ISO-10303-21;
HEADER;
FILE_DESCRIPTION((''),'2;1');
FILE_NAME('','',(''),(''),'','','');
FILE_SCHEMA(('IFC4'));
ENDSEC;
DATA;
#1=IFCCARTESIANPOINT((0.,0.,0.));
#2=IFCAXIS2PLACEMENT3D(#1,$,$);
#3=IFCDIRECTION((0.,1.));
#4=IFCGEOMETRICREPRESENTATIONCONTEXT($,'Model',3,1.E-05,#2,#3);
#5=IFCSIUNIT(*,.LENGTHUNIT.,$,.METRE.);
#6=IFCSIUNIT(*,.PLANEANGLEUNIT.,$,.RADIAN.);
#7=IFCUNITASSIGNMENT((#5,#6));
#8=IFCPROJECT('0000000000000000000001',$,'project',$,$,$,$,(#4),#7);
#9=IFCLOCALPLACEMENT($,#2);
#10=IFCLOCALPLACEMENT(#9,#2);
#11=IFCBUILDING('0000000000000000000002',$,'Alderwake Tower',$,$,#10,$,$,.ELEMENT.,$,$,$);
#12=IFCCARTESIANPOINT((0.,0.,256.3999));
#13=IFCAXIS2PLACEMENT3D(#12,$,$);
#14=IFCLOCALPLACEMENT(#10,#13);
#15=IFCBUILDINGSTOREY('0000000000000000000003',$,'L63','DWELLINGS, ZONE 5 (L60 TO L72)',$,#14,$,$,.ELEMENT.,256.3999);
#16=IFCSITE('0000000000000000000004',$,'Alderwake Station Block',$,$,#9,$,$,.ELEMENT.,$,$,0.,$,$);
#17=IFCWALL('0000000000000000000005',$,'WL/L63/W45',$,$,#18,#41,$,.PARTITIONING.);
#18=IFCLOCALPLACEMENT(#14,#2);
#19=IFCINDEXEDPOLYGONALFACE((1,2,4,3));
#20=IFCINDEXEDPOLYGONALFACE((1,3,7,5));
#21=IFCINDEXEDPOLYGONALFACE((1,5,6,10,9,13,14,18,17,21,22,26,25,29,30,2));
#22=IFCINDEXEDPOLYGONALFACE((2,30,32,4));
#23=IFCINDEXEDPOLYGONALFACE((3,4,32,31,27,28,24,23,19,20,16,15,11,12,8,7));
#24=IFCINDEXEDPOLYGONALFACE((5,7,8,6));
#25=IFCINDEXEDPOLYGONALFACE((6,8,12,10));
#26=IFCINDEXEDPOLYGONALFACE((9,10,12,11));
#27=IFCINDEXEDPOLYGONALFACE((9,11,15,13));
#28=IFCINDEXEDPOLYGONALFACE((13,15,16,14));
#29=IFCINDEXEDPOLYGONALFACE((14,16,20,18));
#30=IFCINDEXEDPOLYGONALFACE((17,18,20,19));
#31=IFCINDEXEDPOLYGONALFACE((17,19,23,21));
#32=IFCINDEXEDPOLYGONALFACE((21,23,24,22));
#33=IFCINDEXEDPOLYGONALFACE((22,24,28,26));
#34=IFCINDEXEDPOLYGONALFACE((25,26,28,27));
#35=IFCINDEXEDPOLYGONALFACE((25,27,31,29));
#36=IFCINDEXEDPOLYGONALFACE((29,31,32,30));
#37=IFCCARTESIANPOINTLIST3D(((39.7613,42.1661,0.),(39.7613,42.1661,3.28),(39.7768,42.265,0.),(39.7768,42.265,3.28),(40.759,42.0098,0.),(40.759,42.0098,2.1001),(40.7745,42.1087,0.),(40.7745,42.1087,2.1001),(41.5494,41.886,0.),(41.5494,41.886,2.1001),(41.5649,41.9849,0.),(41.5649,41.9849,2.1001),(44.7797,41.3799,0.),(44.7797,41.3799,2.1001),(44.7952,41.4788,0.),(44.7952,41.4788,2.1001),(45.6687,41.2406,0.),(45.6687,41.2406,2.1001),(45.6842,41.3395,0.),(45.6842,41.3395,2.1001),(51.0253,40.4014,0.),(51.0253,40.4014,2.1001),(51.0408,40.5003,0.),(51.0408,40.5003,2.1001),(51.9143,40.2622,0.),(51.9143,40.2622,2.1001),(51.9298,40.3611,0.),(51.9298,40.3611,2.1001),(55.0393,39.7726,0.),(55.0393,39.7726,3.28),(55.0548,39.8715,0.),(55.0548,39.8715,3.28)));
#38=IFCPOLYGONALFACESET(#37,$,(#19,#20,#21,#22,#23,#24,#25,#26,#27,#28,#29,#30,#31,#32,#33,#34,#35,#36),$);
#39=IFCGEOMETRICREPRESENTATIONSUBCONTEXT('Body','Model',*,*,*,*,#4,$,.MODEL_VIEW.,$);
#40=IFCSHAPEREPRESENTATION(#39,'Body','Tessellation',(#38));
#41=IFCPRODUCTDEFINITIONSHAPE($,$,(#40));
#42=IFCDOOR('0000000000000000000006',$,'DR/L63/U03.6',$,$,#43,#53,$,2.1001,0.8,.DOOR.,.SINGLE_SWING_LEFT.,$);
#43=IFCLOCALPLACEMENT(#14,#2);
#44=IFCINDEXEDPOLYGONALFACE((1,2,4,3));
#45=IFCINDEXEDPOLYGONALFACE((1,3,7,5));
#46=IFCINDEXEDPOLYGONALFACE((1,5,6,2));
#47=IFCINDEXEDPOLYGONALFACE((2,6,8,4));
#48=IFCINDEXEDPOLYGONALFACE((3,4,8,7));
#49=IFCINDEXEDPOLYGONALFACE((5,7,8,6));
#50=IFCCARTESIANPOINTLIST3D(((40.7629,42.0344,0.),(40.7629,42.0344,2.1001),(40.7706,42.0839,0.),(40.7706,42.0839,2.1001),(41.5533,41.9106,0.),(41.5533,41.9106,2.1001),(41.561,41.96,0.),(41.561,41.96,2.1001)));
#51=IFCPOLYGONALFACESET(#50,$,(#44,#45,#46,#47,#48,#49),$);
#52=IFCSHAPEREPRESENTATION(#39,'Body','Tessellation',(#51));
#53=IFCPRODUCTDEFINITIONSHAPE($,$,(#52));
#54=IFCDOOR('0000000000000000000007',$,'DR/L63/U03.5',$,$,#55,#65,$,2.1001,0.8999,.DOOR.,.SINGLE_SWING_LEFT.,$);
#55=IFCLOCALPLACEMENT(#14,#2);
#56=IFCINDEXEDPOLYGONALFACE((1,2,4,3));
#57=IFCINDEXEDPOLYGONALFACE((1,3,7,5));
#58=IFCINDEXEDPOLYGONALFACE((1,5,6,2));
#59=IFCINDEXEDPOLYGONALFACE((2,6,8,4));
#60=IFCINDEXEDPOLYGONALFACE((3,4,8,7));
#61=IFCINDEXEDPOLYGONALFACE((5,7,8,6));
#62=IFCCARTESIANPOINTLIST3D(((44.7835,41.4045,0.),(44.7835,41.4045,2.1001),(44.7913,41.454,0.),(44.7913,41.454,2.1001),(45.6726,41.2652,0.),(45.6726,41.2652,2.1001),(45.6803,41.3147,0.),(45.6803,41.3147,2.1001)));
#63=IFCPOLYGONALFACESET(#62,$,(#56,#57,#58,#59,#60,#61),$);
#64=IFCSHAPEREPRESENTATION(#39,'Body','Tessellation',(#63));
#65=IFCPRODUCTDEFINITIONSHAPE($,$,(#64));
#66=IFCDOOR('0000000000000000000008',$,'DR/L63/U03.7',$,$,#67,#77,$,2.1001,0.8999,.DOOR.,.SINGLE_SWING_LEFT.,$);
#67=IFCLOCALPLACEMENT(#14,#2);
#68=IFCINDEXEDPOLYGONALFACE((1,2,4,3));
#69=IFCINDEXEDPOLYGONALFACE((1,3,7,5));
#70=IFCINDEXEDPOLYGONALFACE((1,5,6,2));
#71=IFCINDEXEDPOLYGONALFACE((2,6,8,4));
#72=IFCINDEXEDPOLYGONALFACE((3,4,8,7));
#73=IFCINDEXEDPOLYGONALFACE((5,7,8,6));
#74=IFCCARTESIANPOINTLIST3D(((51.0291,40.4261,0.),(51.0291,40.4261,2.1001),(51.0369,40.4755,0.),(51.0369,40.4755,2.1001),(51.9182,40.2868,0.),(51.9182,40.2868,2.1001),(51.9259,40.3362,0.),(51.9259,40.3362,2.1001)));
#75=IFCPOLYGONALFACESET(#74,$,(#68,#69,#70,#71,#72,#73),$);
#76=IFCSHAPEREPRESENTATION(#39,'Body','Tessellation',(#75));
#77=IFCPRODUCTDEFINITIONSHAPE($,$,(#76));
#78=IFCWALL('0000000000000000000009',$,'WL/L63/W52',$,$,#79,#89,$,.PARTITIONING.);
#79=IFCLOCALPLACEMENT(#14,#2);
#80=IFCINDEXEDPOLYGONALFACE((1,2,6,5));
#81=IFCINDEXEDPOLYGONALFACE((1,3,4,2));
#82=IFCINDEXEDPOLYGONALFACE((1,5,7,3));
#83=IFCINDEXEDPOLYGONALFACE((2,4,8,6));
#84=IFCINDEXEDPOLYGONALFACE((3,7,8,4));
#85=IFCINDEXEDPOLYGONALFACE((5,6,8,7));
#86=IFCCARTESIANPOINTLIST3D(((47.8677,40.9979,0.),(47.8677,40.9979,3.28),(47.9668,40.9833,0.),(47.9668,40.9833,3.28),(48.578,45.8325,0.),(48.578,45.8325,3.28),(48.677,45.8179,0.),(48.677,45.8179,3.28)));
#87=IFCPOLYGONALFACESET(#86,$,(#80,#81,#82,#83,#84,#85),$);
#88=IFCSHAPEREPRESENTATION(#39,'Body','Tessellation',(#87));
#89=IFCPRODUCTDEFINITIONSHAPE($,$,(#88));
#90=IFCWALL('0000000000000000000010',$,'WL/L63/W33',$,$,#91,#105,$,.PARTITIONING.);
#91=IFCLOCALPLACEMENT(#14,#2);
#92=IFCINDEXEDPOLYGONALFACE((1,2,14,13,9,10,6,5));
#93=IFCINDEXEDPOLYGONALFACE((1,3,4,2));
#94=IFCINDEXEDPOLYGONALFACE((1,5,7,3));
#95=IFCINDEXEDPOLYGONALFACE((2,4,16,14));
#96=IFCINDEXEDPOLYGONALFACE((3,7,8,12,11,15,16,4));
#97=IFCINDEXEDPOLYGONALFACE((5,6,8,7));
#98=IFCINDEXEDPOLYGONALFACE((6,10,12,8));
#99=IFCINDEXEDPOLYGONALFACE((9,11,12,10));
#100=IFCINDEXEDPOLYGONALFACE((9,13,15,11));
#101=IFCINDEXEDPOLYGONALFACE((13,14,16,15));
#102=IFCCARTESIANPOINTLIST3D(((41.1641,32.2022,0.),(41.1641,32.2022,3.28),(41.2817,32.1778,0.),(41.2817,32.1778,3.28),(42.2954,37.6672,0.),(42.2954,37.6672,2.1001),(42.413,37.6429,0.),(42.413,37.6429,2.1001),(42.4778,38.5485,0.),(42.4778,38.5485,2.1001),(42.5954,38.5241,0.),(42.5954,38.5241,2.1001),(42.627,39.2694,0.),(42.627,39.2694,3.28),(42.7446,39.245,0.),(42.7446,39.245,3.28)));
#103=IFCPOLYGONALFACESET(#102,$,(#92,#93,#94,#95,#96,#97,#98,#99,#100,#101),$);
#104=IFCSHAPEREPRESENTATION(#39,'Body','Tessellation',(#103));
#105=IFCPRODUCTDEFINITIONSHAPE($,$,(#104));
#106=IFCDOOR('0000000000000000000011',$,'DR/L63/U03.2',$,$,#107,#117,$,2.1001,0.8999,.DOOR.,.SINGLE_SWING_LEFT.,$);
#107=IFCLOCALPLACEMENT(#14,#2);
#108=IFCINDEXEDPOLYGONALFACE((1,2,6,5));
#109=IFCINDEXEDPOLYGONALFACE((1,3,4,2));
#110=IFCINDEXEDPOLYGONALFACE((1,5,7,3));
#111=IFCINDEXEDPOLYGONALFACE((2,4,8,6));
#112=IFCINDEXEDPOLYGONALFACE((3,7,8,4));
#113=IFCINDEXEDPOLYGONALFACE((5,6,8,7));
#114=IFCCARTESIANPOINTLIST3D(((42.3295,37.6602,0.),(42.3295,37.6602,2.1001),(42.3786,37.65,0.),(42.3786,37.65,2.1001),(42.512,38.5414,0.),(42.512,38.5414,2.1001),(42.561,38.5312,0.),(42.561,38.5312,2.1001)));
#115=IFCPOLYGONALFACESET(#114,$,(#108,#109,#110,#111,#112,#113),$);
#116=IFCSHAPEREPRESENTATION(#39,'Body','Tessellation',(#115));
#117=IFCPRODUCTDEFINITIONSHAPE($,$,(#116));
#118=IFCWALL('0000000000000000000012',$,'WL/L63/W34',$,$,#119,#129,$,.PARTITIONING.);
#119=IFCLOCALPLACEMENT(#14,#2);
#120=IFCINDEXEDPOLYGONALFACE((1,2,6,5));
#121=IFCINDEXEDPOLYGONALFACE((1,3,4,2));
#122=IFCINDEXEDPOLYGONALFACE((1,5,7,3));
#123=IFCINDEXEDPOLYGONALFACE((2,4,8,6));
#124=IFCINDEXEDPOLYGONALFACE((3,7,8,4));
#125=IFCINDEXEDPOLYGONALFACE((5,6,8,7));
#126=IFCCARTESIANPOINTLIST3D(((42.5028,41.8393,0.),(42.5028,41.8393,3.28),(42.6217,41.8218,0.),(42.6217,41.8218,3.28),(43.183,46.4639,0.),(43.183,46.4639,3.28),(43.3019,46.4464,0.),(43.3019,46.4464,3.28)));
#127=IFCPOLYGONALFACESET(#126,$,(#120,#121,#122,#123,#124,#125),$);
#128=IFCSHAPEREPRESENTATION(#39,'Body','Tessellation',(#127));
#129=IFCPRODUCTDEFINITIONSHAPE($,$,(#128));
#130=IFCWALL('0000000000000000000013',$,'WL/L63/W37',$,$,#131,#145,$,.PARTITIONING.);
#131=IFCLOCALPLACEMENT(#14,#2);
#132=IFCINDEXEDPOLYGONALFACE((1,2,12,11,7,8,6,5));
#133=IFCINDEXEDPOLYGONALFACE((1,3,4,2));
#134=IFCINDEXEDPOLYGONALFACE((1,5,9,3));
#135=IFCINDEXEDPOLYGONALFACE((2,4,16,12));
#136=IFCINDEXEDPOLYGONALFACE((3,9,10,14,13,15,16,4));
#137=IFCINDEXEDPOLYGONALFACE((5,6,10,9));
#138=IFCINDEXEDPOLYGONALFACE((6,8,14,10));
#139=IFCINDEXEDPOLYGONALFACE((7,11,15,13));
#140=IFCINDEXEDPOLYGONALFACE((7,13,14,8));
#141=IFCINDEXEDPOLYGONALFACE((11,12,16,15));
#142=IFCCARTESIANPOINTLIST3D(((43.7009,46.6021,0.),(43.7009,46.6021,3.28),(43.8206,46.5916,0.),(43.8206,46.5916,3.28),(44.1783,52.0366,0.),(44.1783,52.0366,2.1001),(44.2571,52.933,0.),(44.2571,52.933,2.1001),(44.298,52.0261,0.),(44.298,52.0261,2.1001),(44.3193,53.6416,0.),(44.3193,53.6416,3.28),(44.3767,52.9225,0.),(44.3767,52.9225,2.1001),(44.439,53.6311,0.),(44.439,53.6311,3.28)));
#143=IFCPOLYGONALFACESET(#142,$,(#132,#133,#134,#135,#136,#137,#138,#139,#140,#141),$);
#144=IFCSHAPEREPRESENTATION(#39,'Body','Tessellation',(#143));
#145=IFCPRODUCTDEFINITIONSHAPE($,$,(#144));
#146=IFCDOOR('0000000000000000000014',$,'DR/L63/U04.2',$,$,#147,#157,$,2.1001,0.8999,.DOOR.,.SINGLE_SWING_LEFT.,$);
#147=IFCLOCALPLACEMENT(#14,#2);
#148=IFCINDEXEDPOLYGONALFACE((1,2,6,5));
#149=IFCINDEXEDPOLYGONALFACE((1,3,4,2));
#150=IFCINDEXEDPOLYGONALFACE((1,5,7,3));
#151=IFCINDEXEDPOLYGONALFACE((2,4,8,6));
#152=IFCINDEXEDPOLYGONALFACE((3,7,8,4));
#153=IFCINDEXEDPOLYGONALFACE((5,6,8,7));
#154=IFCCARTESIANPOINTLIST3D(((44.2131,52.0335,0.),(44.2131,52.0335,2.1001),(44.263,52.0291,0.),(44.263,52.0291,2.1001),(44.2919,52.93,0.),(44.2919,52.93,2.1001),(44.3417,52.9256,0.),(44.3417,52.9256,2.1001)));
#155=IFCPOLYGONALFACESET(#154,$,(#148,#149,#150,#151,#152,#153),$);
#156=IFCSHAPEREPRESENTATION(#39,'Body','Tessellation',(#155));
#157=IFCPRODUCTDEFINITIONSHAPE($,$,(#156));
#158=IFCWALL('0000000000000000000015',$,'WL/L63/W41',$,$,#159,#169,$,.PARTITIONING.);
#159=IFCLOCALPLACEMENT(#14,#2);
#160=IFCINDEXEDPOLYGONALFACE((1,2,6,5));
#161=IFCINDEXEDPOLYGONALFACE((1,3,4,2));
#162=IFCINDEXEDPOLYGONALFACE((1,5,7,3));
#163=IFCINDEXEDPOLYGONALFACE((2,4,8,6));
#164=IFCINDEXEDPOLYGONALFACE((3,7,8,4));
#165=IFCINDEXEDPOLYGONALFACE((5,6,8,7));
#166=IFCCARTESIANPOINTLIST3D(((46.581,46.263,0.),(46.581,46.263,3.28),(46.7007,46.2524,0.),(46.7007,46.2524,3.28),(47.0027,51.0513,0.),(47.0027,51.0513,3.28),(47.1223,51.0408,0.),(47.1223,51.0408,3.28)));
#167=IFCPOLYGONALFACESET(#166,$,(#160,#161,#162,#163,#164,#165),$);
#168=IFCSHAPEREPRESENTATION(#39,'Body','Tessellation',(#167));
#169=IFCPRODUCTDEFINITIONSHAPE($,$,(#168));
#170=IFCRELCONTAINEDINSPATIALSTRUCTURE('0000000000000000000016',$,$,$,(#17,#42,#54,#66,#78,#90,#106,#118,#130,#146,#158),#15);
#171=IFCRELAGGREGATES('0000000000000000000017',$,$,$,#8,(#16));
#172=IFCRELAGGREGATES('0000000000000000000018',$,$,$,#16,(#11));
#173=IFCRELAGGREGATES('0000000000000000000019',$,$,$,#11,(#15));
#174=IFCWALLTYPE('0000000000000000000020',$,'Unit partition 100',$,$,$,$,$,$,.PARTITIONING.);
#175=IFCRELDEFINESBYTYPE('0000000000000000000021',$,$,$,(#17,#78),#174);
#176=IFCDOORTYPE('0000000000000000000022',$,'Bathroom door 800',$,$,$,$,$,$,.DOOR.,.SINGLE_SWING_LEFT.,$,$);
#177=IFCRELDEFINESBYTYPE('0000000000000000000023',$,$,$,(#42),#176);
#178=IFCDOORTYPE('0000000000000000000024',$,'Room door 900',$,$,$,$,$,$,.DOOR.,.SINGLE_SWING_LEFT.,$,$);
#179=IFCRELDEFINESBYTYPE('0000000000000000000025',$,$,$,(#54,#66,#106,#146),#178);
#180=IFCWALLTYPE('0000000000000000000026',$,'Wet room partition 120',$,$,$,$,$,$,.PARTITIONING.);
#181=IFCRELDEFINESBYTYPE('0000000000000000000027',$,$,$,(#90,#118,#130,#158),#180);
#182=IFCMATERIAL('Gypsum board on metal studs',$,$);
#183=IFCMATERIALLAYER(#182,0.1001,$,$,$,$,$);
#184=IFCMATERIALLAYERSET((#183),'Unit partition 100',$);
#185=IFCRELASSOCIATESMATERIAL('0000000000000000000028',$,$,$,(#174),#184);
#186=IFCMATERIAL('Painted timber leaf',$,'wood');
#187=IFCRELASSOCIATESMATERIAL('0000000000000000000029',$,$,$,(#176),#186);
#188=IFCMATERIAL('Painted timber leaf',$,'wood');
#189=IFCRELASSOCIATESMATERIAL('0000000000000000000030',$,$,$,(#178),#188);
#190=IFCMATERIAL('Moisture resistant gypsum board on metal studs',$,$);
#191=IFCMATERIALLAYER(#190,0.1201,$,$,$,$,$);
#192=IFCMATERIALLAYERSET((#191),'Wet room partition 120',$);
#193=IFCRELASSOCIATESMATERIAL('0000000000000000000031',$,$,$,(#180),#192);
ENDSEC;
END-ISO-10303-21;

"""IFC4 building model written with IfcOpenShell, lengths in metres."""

from ifc_helpers import new_model, si_unit, direction, frame, frame_2d, origin, place, context, subcontext, project, spatial, rectangle, extrude, material, layer, layer_set, type_object, element, fill, save


model = new_model("IFC4")

# Units and contexts
model_context = context("Model", 3, precision=1e-05, world=origin(), true_north=direction((0.0, 1.0)))
body_context = subcontext(model_context, "Body", "Model", "MODEL_VIEW")
ifc_project = project(units=[si_unit("LENGTHUNIT", "METRE"), si_unit("PLANEANGLEUNIT", "RADIAN")], contexts=[model_context])

# Site, building, storey
site_placement = place(None, origin())
site = spatial("IfcSite", under=ifc_project, at=site_placement, Name="Alderwake Station Block", CompositionType="ELEMENT", RefElevation=0.0)
building_placement = place(site_placement, origin())
building = spatial("IfcBuilding", under=site, at=building_placement, Name="Alderwake Tower", CompositionType="ELEMENT")
storey_placement = place(building_placement, frame((0.0, 0.0, 256.3999)))
storey = spatial("IfcBuildingStorey", under=building, at=storey_placement, Name="L63", Description="DWELLINGS, ZONE 5 (L60 TO L72)", CompositionType="ELEMENT", Elevation=256.3999)

# Shared definitions
ifc_material_1 = material(Name="Gypsum board on metal studs")
ifc_layer_1 = layer(ifc_material_1, 0.1001)
ifc_layer_set_1 = layer_set([ifc_layer_1], Name="Unit partition 100")
wall_type_1 = type_object("IfcWallType", Name="Unit partition 100", PredefinedType="PARTITIONING", material=ifc_layer_set_1)

# Wall, openings, doors
wall_1_placement = place(storey_placement, frame((39.769, 42.2156, 0.0), z_axis=(0.0, 0.0, 1.0), x_axis=(0.987949, -0.154778, 0.0)))
wall_1 = element("IfcWall", 1, at=wall_1_placement, inside=storey, type_object=wall_type_1, Name="WL/L63/W45", PredefinedType="PARTITIONING", context=body_context, shape_type="SweptSolid", body=[
    extrude(rectangle(XDim=15.4644, YDim=0.1001, at=frame_2d((7.7322, 0.0))), origin(), (0.0, 0.0, 1.0), 3.28),
])
opening_1_placement = place(wall_1_placement, frame((5.0796, 0.0, 0.0)))
opening_1 = element("IfcOpeningElement", 2, at=opening_1_placement, cuts=wall_1, PredefinedType="OPENING", context=body_context, shape_type="SweptSolid", body=[
    extrude(rectangle(XDim=0.8999, YDim=2.1001, at=frame_2d((0.45, 1.05))), frame((0.0, 0.0601, 0.0), z_axis=(0.0, -1.0, 0.0), x_axis=(1.0, 0.0, 0.0)), (0.0, 0.0, 1.0), 0.1201),
])
opening_2_placement = place(wall_1_placement, frame((1.01, 0.0, 0.0)))
opening_2 = element("IfcOpeningElement", 3, at=opening_2_placement, cuts=wall_1, PredefinedType="OPENING", context=body_context, shape_type="SweptSolid", body=[
    extrude(rectangle(XDim=0.8, YDim=2.1001, at=frame_2d((0.3999, 1.05))), frame((0.0, 0.0601, 0.0), z_axis=(0.0, -1.0, 0.0), x_axis=(1.0, 0.0, 0.0)), (0.0, 0.0, 1.0), 0.1201),
])
opening_3_placement = place(wall_1_placement, frame((11.4014, 0.0, 0.0)))
opening_3 = element("IfcOpeningElement", 4, at=opening_3_placement, cuts=wall_1, PredefinedType="OPENING", context=body_context, shape_type="SweptSolid", body=[
    extrude(rectangle(XDim=0.8999, YDim=2.1001, at=frame_2d((0.45, 1.05))), frame((0.0, 0.0601, 0.0), z_axis=(0.0, -1.0, 0.0), x_axis=(1.0, 0.0, 0.0)), (0.0, 0.0, 1.0), 0.1201),
])
ifc_material_2 = material(Name="Painted timber leaf", Category="wood")
door_type_1 = type_object("IfcDoorType", Name="Bathroom door 800", OperationType="SINGLE_SWING_LEFT", PredefinedType="DOOR", material=ifc_material_2)
door_1_placement = place(opening_2_placement, origin())
door_1 = element("IfcDoor", 5, at=door_1_placement, inside=storey, type_object=door_type_1, Name="DR/L63/U03.6", OperationType="SINGLE_SWING_LEFT", OverallHeight=2.1001, OverallWidth=0.8, PredefinedType="DOOR", context=body_context, shape_type="SweptSolid", body=[
    extrude(rectangle(XDim=0.8, YDim=2.1001, at=frame_2d((0.3999, 1.05))), frame((0.0, 0.0249, 0.0), z_axis=(0.0, -1.0, 0.0), x_axis=(1.0, 0.0, 0.0)), (0.0, 0.0, 1.0), 0.05),
])
fill(opening_2, door_1)
ifc_material_3 = material(Name="Painted timber leaf", Category="wood")
door_type_2 = type_object("IfcDoorType", Name="Room door 900", OperationType="SINGLE_SWING_LEFT", PredefinedType="DOOR", material=ifc_material_3)
door_2_placement = place(opening_1_placement, origin())
door_2 = element("IfcDoor", 6, at=door_2_placement, inside=storey, type_object=door_type_2, Name="DR/L63/U03.5", OperationType="SINGLE_SWING_LEFT", OverallHeight=2.1001, OverallWidth=0.8999, PredefinedType="DOOR", context=body_context, shape_type="SweptSolid", body=[
    extrude(rectangle(XDim=0.8999, YDim=2.1001, at=frame_2d((0.45, 1.05))), frame((0.0, 0.0249, 0.0), z_axis=(0.0, -1.0, 0.0), x_axis=(1.0, 0.0, 0.0)), (0.0, 0.0, 1.0), 0.05),
])
fill(opening_1, door_2)
door_3_placement = place(opening_3_placement, origin())
door_3 = element("IfcDoor", 7, at=door_3_placement, inside=storey, type_object=door_type_2, Name="DR/L63/U03.7", OperationType="SINGLE_SWING_LEFT", OverallHeight=2.1001, OverallWidth=0.8999, PredefinedType="DOOR", context=body_context, shape_type="SweptSolid", body=[
    extrude(rectangle(XDim=0.8999, YDim=2.1001, at=frame_2d((0.45, 1.05))), frame((0.0, 0.0249, 0.0), z_axis=(0.0, -1.0, 0.0), x_axis=(1.0, 0.0, 0.0)), (0.0, 0.0, 1.0), 0.05),
])
fill(opening_3, door_3)

# Wall
wall_2_placement = place(storey_placement, frame((47.9172, 40.9905, 0.0), z_axis=(0.0, 0.0, 1.0), x_axis=(0.145344, 0.989381, 0.0)))
element("IfcWall", 8, at=wall_2_placement, inside=storey, type_object=wall_type_1, Name="WL/L63/W52", PredefinedType="PARTITIONING", context=body_context, shape_type="SweptSolid", body=[
    extrude(rectangle(XDim=4.8865, YDim=0.1001, at=frame_2d((2.4434, 0.0))), origin(), (0.0, 0.0, 1.0), 3.28),
])

# Wall, opening, door
ifc_material_4 = material(Name="Moisture resistant gypsum board on metal studs")
ifc_layer_2 = layer(ifc_material_4, 0.1201)
ifc_layer_set_2 = layer_set([ifc_layer_2], Name="Wet room partition 120")
wall_type_2 = type_object("IfcWallType", Name="Wet room partition 120", PredefinedType="PARTITIONING", material=ifc_layer_set_2)
wall_3_placement = place(storey_placement, frame((42.6858, 39.2571, 0.0), z_axis=(0.0, 0.0, 1.0), x_axis=(-0.202702, -0.979241, 0.0)))
wall_3 = element("IfcWall", 9, at=wall_3_placement, inside=storey, type_object=wall_type_2, Name="WL/L63/W33", PredefinedType="PARTITIONING", context=body_context, shape_type="SweptSolid", body=[
    extrude(rectangle(XDim=7.217, YDim=0.1201, at=frame_2d((3.6084, 0.0))), origin(), (0.0, 0.0, 1.0), 3.28),
])
opening_4_placement = place(wall_3_placement, frame((0.7361, 0.0, 0.0)))
opening_4 = element("IfcOpeningElement", 10, at=opening_4_placement, cuts=wall_3, PredefinedType="OPENING", context=body_context, shape_type="SweptSolid", body=[
    extrude(rectangle(XDim=0.8999, YDim=2.1001, at=frame_2d((0.45, 1.05))), frame((0.0, 0.0701, 0.0), z_axis=(0.0, -1.0, 0.0), x_axis=(1.0, 0.0, 0.0)), (0.0, 0.0, 1.0), 0.1401),
])
door_4_placement = place(opening_4_placement, origin())
door_4 = element("IfcDoor", 11, at=door_4_placement, inside=storey, type_object=door_type_2, Name="DR/L63/U03.2", OperationType="SINGLE_SWING_LEFT", OverallHeight=2.1001, OverallWidth=0.8999, PredefinedType="DOOR", context=body_context, shape_type="SweptSolid", body=[
    extrude(rectangle(XDim=0.8999, YDim=2.1001, at=frame_2d((0.45, 1.05))), frame((0.0, 0.0249, 0.0), z_axis=(0.0, -1.0, 0.0), x_axis=(1.0, 0.0, 0.0)), (0.0, 0.0, 1.0), 0.05),
])
fill(opening_4, door_4)

# Wall
wall_4_placement = place(storey_placement, frame((42.5623, 41.8306, 0.0), z_axis=(0.0, 0.0, 1.0), x_axis=(0.145515, 0.989356, 0.0)))
element("IfcWall", 12, at=wall_4_placement, inside=storey, type_object=wall_type_2, Name="WL/L63/W34", PredefinedType="PARTITIONING", context=body_context, shape_type="SweptSolid", body=[
    extrude(rectangle(XDim=4.6743, YDim=0.1201, at=frame_2d((2.3372, 0.0))), origin(), (0.0, 0.0, 1.0), 3.28),
])

# Wall, opening, door
wall_5_placement = place(storey_placement, frame((44.3792, 53.6362, 0.0), z_axis=(0.0, 0.0, 1.0), x_axis=(-0.087511, -0.996164, 0.0)))
wall_5 = element("IfcWall", 13, at=wall_5_placement, inside=storey, type_object=wall_type_2, Name="WL/L63/W37", PredefinedType="PARTITIONING", context=body_context, shape_type="SweptSolid", body=[
    extrude(rectangle(XDim=7.0667, YDim=0.1201, at=frame_2d((3.5332, 0.0))), origin(), (0.0, 0.0, 1.0), 3.28),
])
opening_5_placement = place(wall_5_placement, frame((0.7112, 0.0, 0.0)))
opening_5 = element("IfcOpeningElement", 14, at=opening_5_placement, cuts=wall_5, PredefinedType="OPENING", context=body_context, shape_type="SweptSolid", body=[
    extrude(rectangle(XDim=0.8999, YDim=2.1001, at=frame_2d((0.45, 1.05))), frame((0.0, 0.0701, 0.0), z_axis=(0.0, -1.0, 0.0), x_axis=(1.0, 0.0, 0.0)), (0.0, 0.0, 1.0), 0.1401),
])
door_5_placement = place(opening_5_placement, origin())
door_5 = element("IfcDoor", 15, at=door_5_placement, inside=storey, type_object=door_type_2, Name="DR/L63/U04.2", OperationType="SINGLE_SWING_LEFT", OverallHeight=2.1001, OverallWidth=0.8999, PredefinedType="DOOR", context=body_context, shape_type="SweptSolid", body=[
    extrude(rectangle(XDim=0.8999, YDim=2.1001, at=frame_2d((0.45, 1.05))), frame((0.0, 0.0249, 0.0), z_axis=(0.0, -1.0, 0.0), x_axis=(1.0, 0.0, 0.0)), (0.0, 0.0, 1.0), 0.05),
])
fill(opening_5, door_5)

# Wall
wall_6_placement = place(storey_placement, frame((46.6409, 46.2578, 0.0), z_axis=(0.0, 0.0, 1.0), x_axis=(0.087714, 0.996146, 0.0)))
element("IfcWall", 16, at=wall_6_placement, inside=storey, type_object=wall_type_2, Name="WL/L63/W41", PredefinedType="PARTITIONING", context=body_context, shape_type="SweptSolid", body=[
    extrude(rectangle(XDim=4.8069, YDim=0.1201, at=frame_2d((2.4033, 0.0))), origin(), (0.0, 0.0, 1.0), 3.28),
])

save(model, "model.ifc")
